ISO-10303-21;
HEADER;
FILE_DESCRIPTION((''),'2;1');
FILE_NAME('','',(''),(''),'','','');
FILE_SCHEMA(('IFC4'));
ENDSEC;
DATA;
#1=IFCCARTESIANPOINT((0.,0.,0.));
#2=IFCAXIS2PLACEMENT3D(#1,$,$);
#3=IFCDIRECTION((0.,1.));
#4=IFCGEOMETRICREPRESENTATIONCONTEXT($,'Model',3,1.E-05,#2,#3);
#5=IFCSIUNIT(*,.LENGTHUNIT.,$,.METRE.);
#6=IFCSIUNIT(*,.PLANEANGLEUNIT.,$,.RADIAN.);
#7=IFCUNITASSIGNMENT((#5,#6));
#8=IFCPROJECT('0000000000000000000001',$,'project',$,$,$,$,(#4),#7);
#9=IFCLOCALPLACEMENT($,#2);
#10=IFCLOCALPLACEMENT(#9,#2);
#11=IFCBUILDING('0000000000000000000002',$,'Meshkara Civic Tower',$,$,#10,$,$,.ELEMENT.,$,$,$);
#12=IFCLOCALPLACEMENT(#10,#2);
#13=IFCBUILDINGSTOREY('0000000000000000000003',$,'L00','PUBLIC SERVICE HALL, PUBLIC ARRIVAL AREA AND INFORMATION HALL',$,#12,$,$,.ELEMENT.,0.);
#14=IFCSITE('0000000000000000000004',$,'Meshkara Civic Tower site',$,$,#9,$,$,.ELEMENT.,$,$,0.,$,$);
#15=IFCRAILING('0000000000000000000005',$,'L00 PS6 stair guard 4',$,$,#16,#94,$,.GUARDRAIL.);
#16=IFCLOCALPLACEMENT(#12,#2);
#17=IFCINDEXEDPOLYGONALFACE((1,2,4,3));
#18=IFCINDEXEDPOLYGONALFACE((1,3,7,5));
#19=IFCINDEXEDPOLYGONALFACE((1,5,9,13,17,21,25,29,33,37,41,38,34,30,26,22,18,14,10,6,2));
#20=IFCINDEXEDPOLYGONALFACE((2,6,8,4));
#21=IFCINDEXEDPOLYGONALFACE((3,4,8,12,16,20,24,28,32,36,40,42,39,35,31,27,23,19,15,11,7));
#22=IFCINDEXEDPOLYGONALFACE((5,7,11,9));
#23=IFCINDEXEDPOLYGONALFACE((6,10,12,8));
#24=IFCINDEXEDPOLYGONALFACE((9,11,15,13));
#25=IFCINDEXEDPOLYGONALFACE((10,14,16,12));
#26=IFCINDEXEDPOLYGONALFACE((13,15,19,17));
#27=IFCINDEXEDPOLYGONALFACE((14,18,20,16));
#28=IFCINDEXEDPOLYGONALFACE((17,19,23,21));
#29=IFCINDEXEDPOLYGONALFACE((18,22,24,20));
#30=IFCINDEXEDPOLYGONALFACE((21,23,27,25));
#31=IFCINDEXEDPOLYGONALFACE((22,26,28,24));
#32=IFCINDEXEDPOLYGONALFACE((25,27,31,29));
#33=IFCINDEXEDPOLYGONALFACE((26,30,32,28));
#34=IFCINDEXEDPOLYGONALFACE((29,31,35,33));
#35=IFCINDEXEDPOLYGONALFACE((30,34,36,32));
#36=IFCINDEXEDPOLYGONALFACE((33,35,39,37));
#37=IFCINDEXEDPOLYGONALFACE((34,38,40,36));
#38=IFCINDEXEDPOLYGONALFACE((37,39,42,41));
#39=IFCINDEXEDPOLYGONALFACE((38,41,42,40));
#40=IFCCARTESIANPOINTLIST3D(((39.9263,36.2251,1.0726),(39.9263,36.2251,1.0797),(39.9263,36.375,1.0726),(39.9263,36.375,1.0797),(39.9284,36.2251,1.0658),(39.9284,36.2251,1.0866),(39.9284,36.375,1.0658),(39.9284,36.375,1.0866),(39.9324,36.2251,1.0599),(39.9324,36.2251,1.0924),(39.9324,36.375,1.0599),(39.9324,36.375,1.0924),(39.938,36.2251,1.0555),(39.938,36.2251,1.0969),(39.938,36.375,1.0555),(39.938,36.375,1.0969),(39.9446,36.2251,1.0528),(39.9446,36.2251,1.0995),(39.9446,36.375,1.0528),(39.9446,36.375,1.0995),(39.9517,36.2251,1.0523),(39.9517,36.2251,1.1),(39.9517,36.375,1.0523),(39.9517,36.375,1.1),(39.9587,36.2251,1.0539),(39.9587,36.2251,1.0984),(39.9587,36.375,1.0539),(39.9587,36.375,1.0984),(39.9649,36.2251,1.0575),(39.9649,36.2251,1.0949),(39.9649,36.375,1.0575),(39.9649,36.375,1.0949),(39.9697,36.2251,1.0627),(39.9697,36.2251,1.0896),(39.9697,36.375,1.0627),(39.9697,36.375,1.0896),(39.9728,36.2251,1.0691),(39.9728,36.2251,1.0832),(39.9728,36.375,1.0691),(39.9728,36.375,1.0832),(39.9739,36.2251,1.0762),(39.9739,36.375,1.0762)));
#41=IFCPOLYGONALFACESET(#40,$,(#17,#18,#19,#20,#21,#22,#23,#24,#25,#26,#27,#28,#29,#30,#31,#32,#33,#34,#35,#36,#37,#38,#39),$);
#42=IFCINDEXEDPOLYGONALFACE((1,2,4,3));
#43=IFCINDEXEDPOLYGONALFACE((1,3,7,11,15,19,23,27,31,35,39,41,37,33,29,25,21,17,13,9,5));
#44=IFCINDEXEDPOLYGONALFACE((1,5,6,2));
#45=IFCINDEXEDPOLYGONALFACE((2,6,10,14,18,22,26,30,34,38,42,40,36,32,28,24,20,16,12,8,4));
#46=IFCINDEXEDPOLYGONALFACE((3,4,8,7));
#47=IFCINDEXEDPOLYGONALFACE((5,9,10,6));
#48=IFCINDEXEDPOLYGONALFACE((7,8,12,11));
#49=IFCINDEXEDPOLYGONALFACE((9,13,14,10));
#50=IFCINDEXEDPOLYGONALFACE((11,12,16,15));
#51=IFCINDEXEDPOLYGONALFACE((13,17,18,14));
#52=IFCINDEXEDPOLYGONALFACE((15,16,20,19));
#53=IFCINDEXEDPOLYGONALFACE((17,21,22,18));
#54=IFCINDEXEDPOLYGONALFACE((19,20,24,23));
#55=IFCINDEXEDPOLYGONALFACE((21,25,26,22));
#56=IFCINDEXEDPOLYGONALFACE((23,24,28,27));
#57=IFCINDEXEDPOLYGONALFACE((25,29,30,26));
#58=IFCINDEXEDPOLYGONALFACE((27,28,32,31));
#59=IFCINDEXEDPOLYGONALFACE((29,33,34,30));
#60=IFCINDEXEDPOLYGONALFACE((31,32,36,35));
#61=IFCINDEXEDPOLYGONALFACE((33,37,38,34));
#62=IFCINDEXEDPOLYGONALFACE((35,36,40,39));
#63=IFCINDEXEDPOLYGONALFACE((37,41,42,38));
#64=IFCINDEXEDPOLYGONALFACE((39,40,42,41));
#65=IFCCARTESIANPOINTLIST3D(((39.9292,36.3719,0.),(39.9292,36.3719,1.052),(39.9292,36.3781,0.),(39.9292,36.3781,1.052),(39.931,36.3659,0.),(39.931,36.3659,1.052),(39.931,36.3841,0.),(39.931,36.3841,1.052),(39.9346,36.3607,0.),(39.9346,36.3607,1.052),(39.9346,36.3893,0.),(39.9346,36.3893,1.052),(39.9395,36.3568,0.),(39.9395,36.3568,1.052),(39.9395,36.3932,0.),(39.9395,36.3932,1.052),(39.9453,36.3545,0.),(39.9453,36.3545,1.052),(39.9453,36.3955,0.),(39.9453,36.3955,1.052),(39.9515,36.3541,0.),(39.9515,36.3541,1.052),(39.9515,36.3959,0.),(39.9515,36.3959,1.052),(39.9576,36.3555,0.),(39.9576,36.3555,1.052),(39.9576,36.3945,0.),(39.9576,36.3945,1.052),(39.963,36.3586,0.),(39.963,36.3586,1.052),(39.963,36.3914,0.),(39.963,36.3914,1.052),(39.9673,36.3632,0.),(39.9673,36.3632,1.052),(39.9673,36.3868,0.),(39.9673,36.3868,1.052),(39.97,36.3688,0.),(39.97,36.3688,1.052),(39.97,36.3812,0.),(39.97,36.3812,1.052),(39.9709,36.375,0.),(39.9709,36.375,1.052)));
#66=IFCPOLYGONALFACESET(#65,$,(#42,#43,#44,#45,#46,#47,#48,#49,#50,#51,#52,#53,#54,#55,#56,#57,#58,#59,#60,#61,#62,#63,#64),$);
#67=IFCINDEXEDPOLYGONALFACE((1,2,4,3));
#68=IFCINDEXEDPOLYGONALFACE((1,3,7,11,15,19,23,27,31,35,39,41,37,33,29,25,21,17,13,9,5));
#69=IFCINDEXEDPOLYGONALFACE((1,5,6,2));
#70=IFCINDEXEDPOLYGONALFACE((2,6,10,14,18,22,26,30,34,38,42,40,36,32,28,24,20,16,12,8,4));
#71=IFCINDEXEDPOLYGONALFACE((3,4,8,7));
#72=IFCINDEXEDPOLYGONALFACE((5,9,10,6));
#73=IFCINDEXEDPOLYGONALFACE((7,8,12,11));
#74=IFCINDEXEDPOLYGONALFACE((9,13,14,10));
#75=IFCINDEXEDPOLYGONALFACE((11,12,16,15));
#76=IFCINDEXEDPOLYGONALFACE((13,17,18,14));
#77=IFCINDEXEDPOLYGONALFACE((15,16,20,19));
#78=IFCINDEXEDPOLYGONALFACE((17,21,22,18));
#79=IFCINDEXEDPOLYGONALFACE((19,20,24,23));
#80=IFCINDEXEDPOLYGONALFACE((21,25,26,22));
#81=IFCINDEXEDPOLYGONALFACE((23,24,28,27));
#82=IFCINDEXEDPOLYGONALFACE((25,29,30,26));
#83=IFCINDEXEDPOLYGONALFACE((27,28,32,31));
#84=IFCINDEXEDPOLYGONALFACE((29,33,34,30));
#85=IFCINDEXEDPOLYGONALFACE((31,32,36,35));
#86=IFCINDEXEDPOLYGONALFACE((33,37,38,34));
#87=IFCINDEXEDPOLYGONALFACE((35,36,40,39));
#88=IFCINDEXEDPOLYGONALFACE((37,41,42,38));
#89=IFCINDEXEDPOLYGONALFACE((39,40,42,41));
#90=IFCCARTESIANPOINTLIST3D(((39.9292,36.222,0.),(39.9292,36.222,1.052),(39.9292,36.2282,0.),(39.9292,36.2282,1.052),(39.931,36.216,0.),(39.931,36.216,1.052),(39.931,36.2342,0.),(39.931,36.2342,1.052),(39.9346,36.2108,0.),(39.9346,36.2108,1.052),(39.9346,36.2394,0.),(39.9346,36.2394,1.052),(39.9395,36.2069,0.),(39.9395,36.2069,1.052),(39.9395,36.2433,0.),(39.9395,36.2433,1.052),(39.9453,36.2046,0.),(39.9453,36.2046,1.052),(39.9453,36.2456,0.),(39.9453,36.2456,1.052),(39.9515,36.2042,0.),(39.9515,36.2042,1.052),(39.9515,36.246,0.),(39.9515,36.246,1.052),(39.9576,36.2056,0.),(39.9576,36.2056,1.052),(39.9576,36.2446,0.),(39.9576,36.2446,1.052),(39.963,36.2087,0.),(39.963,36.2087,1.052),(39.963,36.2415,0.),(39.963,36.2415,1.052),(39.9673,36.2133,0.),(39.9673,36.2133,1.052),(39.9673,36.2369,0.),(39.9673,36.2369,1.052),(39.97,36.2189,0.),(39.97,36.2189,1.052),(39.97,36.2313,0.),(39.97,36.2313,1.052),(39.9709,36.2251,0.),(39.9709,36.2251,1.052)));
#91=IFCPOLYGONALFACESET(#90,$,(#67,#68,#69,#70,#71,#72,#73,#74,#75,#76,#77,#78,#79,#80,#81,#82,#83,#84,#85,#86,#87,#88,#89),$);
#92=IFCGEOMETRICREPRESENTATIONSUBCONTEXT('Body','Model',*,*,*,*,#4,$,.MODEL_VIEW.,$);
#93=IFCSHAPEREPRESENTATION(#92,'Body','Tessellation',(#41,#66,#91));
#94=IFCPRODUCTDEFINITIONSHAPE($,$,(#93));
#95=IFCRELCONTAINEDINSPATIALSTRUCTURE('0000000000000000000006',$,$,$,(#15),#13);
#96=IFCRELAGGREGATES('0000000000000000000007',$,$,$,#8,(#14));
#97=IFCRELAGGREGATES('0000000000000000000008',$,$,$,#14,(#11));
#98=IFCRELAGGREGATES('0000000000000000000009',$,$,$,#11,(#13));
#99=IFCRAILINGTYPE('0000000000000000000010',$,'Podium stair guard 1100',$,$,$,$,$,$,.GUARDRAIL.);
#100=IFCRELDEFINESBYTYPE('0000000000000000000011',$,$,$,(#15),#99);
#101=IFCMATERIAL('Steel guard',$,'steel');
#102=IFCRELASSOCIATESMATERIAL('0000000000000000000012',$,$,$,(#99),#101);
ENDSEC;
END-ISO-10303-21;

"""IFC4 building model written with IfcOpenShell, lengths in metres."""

from ifc_helpers import new_model, si_unit, direction, frame, origin, origin_2d, place, context, subcontext, project, spatial, circle, extrude, material, type_object, element, save


model = new_model("IFC4")

# Units and contexts
model_context = context("Model", 3, precision=1e-05, world=origin(), true_north=direction((0.0, 1.0)))
body_context = subcontext(model_context, "Body", "Model", "MODEL_VIEW")
ifc_project = project(units=[si_unit("LENGTHUNIT", "METRE"), si_unit("PLANEANGLEUNIT", "RADIAN")], contexts=[model_context])

# Site, building, storey
site_placement = place(None, origin())
site = spatial("IfcSite", under=ifc_project, at=site_placement, Name="Meshkara Civic Tower site", CompositionType="ELEMENT", RefElevation=0.0)
building_placement = place(site_placement, origin())
building = spatial("IfcBuilding", under=site, at=building_placement, Name="Meshkara Civic Tower", CompositionType="ELEMENT")
storey_placement = place(building_placement, origin())
storey = spatial("IfcBuildingStorey", under=building, at=storey_placement, Name="L00", Description="PUBLIC SERVICE HALL, PUBLIC ARRIVAL AREA AND INFORMATION HALL", CompositionType="ELEMENT", Elevation=0.0)

# Railing
ifc_material_1 = material(Name="Steel guard", Category="steel")
railing_type_1 = type_object("IfcRailingType", Name="Podium stair guard 1100", PredefinedType="GUARDRAIL", material=ifc_material_1)
railing_1_placement = place(storey_placement, frame((39.95, 36.375, 0.0)))
element("IfcRailing", 1, at=railing_1_placement, inside=storey, type_object=railing_type_1, Name="L00 PS6 stair guard 4", PredefinedType="GUARDRAIL", context=body_context, shape_type="SweptSolid", body=[
    extrude(circle(Radius=0.0239, at=origin_2d()), frame((0.0, 0.0, 1.0762), z_axis=(0.0, -1.0, 0.0), x_axis=(1.0, 0.0, 0.0)), (0.0, 0.0, 1.0), 0.1499),
    extrude(circle(Radius=0.021, at=origin_2d()), origin(), (0.0, 0.0, 1.0), 1.052),
    extrude(circle(Radius=0.021, at=origin_2d()), frame((0.0, -0.1499, 0.0)), (0.0, 0.0, 1.0), 1.052),
])

save(model, "model.ifc")
